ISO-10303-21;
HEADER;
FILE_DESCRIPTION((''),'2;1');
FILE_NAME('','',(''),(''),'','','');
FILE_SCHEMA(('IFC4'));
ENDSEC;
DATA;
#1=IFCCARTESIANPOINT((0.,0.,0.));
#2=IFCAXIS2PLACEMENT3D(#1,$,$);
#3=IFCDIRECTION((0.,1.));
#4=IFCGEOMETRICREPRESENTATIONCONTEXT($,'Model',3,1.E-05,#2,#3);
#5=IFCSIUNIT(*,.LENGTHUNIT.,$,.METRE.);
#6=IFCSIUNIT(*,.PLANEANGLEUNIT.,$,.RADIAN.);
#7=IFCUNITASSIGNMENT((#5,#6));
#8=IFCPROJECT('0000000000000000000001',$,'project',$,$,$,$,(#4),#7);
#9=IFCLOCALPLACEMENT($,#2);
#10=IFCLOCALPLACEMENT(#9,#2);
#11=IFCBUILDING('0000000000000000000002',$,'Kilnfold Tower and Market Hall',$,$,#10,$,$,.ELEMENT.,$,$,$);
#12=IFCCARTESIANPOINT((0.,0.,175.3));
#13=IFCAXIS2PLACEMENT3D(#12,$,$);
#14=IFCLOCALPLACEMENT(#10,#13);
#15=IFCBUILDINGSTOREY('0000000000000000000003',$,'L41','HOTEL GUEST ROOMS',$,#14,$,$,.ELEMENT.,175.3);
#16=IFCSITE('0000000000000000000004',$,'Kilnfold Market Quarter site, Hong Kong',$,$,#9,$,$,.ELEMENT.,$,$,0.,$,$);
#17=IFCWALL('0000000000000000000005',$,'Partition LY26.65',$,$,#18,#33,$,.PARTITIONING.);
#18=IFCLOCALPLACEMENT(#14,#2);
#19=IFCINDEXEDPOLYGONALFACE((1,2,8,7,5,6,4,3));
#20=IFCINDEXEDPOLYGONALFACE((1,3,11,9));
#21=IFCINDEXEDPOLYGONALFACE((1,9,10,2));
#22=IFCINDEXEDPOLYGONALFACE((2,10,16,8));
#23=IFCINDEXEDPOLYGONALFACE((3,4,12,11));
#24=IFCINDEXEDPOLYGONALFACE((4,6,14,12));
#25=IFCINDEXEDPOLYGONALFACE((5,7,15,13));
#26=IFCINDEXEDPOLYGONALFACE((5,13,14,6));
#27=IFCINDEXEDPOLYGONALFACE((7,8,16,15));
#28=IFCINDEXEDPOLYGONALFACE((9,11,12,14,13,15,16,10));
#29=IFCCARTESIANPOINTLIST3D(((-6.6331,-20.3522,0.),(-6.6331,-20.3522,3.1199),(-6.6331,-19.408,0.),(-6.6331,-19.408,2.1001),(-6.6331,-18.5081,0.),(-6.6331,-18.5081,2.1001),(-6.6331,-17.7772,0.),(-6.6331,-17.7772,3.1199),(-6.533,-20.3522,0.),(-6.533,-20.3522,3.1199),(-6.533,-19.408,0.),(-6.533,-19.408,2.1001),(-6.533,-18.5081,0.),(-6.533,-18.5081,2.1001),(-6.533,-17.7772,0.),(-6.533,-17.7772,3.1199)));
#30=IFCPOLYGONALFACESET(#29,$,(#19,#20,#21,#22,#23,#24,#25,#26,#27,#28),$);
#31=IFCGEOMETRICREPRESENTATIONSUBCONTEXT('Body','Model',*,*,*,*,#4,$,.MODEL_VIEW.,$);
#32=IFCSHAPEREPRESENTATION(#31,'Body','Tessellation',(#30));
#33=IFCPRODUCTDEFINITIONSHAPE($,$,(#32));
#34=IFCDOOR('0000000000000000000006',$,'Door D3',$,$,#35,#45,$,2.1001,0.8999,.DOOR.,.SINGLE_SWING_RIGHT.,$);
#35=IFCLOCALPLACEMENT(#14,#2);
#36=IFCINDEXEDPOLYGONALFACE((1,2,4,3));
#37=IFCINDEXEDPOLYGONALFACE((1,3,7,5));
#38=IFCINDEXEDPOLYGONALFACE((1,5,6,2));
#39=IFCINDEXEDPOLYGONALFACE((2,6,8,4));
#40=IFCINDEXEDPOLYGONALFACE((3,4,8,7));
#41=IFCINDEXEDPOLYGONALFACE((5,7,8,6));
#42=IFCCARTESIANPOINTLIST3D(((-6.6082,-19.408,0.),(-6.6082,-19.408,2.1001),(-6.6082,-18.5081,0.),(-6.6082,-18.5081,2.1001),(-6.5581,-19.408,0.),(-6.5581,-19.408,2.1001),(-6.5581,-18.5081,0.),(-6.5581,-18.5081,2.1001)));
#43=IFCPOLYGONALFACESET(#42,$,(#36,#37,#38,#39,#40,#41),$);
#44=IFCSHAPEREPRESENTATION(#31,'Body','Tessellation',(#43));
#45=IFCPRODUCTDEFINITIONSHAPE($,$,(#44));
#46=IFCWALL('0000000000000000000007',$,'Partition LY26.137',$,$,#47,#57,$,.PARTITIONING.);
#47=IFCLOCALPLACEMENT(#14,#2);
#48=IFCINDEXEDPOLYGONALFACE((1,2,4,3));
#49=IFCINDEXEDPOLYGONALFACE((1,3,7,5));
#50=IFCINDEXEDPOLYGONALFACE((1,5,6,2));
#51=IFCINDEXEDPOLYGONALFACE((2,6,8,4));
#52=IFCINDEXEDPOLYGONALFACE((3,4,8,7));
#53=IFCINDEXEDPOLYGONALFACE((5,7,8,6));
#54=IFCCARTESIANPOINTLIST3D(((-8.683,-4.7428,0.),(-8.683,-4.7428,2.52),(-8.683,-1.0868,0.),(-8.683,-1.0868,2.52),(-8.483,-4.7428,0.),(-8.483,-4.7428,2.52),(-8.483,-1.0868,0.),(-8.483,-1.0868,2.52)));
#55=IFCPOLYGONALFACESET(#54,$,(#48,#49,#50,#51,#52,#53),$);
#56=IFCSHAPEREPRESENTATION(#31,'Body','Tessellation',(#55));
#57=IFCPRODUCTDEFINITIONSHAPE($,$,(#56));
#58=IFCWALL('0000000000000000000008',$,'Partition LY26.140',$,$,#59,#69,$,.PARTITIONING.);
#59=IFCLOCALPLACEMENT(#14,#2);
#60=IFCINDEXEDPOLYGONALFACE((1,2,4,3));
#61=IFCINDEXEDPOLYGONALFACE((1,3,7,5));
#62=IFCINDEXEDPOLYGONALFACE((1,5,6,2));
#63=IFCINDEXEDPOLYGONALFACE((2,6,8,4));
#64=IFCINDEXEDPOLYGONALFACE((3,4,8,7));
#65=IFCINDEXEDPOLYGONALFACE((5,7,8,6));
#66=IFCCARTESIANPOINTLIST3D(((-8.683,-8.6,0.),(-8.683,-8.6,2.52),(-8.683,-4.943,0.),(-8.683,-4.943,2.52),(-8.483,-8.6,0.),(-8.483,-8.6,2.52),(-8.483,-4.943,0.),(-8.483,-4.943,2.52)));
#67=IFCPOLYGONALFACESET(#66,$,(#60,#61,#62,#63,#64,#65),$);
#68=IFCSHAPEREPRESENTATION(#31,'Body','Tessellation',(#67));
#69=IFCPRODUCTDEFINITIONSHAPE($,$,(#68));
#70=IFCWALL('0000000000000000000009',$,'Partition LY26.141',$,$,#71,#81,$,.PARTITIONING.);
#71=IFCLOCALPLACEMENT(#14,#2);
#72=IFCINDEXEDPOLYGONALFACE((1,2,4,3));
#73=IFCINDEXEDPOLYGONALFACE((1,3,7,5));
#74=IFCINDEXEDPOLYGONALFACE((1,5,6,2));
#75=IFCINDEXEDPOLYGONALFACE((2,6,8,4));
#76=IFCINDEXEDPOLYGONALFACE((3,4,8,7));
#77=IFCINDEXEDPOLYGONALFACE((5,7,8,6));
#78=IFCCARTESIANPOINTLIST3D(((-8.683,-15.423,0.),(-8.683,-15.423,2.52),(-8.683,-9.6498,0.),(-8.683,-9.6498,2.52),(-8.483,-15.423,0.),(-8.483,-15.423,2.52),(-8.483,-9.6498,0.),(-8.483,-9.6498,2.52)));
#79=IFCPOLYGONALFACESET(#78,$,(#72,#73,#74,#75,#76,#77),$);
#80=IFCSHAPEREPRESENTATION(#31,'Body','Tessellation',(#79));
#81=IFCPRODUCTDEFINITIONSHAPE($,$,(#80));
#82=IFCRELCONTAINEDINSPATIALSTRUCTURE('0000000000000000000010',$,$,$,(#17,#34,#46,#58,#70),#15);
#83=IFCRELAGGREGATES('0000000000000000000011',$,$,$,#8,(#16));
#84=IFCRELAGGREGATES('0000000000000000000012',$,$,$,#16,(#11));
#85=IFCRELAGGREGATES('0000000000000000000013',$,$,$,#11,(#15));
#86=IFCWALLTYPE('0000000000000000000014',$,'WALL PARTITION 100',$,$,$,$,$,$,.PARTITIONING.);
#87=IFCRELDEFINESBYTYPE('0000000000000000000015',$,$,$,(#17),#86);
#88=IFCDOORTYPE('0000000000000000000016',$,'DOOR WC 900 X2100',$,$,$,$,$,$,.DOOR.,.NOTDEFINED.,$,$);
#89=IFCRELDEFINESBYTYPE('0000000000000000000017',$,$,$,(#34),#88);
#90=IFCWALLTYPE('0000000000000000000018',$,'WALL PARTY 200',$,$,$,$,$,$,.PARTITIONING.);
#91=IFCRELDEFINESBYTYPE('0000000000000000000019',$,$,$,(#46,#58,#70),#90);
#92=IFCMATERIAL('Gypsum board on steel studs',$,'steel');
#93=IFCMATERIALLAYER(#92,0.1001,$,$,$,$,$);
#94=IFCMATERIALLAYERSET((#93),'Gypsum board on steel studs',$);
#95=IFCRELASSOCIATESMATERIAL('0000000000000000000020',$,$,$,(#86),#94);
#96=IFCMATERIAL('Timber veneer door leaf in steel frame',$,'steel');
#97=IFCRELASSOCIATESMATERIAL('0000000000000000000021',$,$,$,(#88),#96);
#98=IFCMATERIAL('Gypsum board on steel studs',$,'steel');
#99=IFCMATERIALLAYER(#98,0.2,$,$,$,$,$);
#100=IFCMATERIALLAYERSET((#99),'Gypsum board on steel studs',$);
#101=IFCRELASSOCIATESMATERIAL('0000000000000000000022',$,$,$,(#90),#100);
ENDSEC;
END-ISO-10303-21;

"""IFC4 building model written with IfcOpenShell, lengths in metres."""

from ifc_helpers import new_model, si_unit, direction, frame, frame_2d, origin, place, context, subcontext, project, spatial, rectangle, extrude, material, layer, layer_set, type_object, element, fill, save


model = new_model("IFC4")

# Units and contexts
model_context = context("Model", 3, precision=1e-05, world=origin(), true_north=direction((0.0, 1.0)))
body_context = subcontext(model_context, "Body", "Model", "MODEL_VIEW")
ifc_project = project(units=[si_unit("LENGTHUNIT", "METRE"), si_unit("PLANEANGLEUNIT", "RADIAN")], contexts=[model_context])

# Site, building, storey
site_placement = place(None, origin())
site = spatial("IfcSite", under=ifc_project, at=site_placement, Name="Kilnfold Market Quarter site, Hong Kong", CompositionType="ELEMENT", RefElevation=0.0)
building_placement = place(site_placement, origin())
building = spatial("IfcBuilding", under=site, at=building_placement, Name="Kilnfold Tower and Market Hall", CompositionType="ELEMENT")
storey_placement = place(building_placement, frame((0.0, 0.0, 175.3)))
storey = spatial("IfcBuildingStorey", under=building, at=storey_placement, Name="L41", Description="HOTEL GUEST ROOMS", CompositionType="ELEMENT", Elevation=175.3)

# Wall, opening, door
ifc_material_1 = material(Name="Gypsum board on steel studs", Category="steel")
ifc_layer_1 = layer(ifc_material_1, 0.1001)
ifc_layer_set_1 = layer_set([ifc_layer_1], Name="Gypsum board on steel studs")
wall_type_1 = type_object("IfcWallType", Name="WALL PARTITION 100", PredefinedType="PARTITIONING", material=ifc_layer_set_1)
wall_1_placement = place(storey_placement, frame((-6.583, -17.7771, 0.0), z_axis=(0.0, 0.0, 1.0), x_axis=(0.0, -1.0, 0.0)))
wall_1 = element("IfcWall", 1, at=wall_1_placement, inside=storey, type_object=wall_type_1, Name="Partition LY26.65", PredefinedType="PARTITIONING", context=body_context, shape_type="SweptSolid", body=[
    extrude(rectangle(XDim=2.575, YDim=0.1001, at=frame_2d((1.2876, 0.0))), origin(), (0.0, 0.0, 1.0), 3.1199),
])
opening_1_placement = place(wall_1_placement, frame((0.731, 0.0, 0.0)))
opening_1 = element("IfcOpeningElement", 2, at=opening_1_placement, cuts=wall_1, PredefinedType="OPENING", context=body_context, shape_type="SweptSolid", body=[
    extrude(rectangle(XDim=0.8999, YDim=2.1001, at=frame_2d((0.45, 1.05))), frame((0.0, 0.0601, 0.0), z_axis=(0.0, -1.0, 0.0), x_axis=(1.0, 0.0, 0.0)), (0.0, 0.0, 1.0), 0.1201),
])
ifc_material_2 = material(Name="Timber veneer door leaf in steel frame", Category="steel")
door_type_1 = type_object("IfcDoorType", Name="DOOR WC 900 X2100", OperationType="NOTDEFINED", PredefinedType="DOOR", material=ifc_material_2)
door_1_placement = place(opening_1_placement, origin())
door_1 = element("IfcDoor", 3, at=door_1_placement, inside=storey, type_object=door_type_1, Name="Door D3", OperationType="SINGLE_SWING_RIGHT", OverallHeight=2.1001, OverallWidth=0.8999, PredefinedType="DOOR", context=body_context, shape_type="SweptSolid", body=[
    extrude(rectangle(XDim=0.8999, YDim=2.1001, at=frame_2d((0.45, 1.05))), frame((0.0, 0.0249, 0.0), z_axis=(0.0, -1.0, 0.0), x_axis=(1.0, 0.0, 0.0)), (0.0, 0.0, 1.0), 0.05),
])
fill(opening_1, door_1)

# Walls
ifc_material_3 = material(Name="Gypsum board on steel studs", Category="steel")
ifc_layer_2 = layer(ifc_material_3, 0.2)
ifc_layer_set_2 = layer_set([ifc_layer_2], Name="Gypsum board on steel studs")
wall_type_2 = type_object("IfcWallType", Name="WALL PARTY 200", PredefinedType="PARTITIONING", material=ifc_layer_set_2)
wall_2_placement = place(storey_placement, frame((-8.583, -4.7429, 0.0), z_axis=(0.0, 0.0, 1.0), x_axis=(0.0, 1.0, 0.0)))
element("IfcWall", 4, at=wall_2_placement, inside=storey, type_object=wall_type_2, Name="Partition LY26.137", PredefinedType="PARTITIONING", context=body_context, shape_type="SweptSolid", body=[
    extrude(rectangle(XDim=3.656, YDim=0.2, at=frame_2d((1.8281, 0.0))), origin(), (0.0, 0.0, 1.0), 2.52),
])
wall_3_placement = place(storey_placement, frame((-8.583, -8.6001, 0.0), z_axis=(0.0, 0.0, 1.0), x_axis=(0.0, 1.0, 0.0)))
element("IfcWall", 5, at=wall_3_placement, inside=storey, type_object=wall_type_2, Name="Partition LY26.140", PredefinedType="PARTITIONING", context=body_context, shape_type="SweptSolid", body=[
    extrude(rectangle(XDim=3.657, YDim=0.2, at=frame_2d((1.8286, 0.0))), origin(), (0.0, 0.0, 1.0), 2.52),
])
wall_4_placement = place(storey_placement, frame((-8.583, -15.4231, 0.0), z_axis=(0.0, 0.0, 1.0), x_axis=(0.0, 1.0, 0.0)))
element("IfcWall", 6, at=wall_4_placement, inside=storey, type_object=wall_type_2, Name="Partition LY26.141", PredefinedType="PARTITIONING", context=body_context, shape_type="SweptSolid", body=[
    extrude(rectangle(XDim=5.7732, YDim=0.2, at=frame_2d((2.8867, 0.0))), origin(), (0.0, 0.0, 1.0), 2.52),
])

save(model, "model.ifc")
